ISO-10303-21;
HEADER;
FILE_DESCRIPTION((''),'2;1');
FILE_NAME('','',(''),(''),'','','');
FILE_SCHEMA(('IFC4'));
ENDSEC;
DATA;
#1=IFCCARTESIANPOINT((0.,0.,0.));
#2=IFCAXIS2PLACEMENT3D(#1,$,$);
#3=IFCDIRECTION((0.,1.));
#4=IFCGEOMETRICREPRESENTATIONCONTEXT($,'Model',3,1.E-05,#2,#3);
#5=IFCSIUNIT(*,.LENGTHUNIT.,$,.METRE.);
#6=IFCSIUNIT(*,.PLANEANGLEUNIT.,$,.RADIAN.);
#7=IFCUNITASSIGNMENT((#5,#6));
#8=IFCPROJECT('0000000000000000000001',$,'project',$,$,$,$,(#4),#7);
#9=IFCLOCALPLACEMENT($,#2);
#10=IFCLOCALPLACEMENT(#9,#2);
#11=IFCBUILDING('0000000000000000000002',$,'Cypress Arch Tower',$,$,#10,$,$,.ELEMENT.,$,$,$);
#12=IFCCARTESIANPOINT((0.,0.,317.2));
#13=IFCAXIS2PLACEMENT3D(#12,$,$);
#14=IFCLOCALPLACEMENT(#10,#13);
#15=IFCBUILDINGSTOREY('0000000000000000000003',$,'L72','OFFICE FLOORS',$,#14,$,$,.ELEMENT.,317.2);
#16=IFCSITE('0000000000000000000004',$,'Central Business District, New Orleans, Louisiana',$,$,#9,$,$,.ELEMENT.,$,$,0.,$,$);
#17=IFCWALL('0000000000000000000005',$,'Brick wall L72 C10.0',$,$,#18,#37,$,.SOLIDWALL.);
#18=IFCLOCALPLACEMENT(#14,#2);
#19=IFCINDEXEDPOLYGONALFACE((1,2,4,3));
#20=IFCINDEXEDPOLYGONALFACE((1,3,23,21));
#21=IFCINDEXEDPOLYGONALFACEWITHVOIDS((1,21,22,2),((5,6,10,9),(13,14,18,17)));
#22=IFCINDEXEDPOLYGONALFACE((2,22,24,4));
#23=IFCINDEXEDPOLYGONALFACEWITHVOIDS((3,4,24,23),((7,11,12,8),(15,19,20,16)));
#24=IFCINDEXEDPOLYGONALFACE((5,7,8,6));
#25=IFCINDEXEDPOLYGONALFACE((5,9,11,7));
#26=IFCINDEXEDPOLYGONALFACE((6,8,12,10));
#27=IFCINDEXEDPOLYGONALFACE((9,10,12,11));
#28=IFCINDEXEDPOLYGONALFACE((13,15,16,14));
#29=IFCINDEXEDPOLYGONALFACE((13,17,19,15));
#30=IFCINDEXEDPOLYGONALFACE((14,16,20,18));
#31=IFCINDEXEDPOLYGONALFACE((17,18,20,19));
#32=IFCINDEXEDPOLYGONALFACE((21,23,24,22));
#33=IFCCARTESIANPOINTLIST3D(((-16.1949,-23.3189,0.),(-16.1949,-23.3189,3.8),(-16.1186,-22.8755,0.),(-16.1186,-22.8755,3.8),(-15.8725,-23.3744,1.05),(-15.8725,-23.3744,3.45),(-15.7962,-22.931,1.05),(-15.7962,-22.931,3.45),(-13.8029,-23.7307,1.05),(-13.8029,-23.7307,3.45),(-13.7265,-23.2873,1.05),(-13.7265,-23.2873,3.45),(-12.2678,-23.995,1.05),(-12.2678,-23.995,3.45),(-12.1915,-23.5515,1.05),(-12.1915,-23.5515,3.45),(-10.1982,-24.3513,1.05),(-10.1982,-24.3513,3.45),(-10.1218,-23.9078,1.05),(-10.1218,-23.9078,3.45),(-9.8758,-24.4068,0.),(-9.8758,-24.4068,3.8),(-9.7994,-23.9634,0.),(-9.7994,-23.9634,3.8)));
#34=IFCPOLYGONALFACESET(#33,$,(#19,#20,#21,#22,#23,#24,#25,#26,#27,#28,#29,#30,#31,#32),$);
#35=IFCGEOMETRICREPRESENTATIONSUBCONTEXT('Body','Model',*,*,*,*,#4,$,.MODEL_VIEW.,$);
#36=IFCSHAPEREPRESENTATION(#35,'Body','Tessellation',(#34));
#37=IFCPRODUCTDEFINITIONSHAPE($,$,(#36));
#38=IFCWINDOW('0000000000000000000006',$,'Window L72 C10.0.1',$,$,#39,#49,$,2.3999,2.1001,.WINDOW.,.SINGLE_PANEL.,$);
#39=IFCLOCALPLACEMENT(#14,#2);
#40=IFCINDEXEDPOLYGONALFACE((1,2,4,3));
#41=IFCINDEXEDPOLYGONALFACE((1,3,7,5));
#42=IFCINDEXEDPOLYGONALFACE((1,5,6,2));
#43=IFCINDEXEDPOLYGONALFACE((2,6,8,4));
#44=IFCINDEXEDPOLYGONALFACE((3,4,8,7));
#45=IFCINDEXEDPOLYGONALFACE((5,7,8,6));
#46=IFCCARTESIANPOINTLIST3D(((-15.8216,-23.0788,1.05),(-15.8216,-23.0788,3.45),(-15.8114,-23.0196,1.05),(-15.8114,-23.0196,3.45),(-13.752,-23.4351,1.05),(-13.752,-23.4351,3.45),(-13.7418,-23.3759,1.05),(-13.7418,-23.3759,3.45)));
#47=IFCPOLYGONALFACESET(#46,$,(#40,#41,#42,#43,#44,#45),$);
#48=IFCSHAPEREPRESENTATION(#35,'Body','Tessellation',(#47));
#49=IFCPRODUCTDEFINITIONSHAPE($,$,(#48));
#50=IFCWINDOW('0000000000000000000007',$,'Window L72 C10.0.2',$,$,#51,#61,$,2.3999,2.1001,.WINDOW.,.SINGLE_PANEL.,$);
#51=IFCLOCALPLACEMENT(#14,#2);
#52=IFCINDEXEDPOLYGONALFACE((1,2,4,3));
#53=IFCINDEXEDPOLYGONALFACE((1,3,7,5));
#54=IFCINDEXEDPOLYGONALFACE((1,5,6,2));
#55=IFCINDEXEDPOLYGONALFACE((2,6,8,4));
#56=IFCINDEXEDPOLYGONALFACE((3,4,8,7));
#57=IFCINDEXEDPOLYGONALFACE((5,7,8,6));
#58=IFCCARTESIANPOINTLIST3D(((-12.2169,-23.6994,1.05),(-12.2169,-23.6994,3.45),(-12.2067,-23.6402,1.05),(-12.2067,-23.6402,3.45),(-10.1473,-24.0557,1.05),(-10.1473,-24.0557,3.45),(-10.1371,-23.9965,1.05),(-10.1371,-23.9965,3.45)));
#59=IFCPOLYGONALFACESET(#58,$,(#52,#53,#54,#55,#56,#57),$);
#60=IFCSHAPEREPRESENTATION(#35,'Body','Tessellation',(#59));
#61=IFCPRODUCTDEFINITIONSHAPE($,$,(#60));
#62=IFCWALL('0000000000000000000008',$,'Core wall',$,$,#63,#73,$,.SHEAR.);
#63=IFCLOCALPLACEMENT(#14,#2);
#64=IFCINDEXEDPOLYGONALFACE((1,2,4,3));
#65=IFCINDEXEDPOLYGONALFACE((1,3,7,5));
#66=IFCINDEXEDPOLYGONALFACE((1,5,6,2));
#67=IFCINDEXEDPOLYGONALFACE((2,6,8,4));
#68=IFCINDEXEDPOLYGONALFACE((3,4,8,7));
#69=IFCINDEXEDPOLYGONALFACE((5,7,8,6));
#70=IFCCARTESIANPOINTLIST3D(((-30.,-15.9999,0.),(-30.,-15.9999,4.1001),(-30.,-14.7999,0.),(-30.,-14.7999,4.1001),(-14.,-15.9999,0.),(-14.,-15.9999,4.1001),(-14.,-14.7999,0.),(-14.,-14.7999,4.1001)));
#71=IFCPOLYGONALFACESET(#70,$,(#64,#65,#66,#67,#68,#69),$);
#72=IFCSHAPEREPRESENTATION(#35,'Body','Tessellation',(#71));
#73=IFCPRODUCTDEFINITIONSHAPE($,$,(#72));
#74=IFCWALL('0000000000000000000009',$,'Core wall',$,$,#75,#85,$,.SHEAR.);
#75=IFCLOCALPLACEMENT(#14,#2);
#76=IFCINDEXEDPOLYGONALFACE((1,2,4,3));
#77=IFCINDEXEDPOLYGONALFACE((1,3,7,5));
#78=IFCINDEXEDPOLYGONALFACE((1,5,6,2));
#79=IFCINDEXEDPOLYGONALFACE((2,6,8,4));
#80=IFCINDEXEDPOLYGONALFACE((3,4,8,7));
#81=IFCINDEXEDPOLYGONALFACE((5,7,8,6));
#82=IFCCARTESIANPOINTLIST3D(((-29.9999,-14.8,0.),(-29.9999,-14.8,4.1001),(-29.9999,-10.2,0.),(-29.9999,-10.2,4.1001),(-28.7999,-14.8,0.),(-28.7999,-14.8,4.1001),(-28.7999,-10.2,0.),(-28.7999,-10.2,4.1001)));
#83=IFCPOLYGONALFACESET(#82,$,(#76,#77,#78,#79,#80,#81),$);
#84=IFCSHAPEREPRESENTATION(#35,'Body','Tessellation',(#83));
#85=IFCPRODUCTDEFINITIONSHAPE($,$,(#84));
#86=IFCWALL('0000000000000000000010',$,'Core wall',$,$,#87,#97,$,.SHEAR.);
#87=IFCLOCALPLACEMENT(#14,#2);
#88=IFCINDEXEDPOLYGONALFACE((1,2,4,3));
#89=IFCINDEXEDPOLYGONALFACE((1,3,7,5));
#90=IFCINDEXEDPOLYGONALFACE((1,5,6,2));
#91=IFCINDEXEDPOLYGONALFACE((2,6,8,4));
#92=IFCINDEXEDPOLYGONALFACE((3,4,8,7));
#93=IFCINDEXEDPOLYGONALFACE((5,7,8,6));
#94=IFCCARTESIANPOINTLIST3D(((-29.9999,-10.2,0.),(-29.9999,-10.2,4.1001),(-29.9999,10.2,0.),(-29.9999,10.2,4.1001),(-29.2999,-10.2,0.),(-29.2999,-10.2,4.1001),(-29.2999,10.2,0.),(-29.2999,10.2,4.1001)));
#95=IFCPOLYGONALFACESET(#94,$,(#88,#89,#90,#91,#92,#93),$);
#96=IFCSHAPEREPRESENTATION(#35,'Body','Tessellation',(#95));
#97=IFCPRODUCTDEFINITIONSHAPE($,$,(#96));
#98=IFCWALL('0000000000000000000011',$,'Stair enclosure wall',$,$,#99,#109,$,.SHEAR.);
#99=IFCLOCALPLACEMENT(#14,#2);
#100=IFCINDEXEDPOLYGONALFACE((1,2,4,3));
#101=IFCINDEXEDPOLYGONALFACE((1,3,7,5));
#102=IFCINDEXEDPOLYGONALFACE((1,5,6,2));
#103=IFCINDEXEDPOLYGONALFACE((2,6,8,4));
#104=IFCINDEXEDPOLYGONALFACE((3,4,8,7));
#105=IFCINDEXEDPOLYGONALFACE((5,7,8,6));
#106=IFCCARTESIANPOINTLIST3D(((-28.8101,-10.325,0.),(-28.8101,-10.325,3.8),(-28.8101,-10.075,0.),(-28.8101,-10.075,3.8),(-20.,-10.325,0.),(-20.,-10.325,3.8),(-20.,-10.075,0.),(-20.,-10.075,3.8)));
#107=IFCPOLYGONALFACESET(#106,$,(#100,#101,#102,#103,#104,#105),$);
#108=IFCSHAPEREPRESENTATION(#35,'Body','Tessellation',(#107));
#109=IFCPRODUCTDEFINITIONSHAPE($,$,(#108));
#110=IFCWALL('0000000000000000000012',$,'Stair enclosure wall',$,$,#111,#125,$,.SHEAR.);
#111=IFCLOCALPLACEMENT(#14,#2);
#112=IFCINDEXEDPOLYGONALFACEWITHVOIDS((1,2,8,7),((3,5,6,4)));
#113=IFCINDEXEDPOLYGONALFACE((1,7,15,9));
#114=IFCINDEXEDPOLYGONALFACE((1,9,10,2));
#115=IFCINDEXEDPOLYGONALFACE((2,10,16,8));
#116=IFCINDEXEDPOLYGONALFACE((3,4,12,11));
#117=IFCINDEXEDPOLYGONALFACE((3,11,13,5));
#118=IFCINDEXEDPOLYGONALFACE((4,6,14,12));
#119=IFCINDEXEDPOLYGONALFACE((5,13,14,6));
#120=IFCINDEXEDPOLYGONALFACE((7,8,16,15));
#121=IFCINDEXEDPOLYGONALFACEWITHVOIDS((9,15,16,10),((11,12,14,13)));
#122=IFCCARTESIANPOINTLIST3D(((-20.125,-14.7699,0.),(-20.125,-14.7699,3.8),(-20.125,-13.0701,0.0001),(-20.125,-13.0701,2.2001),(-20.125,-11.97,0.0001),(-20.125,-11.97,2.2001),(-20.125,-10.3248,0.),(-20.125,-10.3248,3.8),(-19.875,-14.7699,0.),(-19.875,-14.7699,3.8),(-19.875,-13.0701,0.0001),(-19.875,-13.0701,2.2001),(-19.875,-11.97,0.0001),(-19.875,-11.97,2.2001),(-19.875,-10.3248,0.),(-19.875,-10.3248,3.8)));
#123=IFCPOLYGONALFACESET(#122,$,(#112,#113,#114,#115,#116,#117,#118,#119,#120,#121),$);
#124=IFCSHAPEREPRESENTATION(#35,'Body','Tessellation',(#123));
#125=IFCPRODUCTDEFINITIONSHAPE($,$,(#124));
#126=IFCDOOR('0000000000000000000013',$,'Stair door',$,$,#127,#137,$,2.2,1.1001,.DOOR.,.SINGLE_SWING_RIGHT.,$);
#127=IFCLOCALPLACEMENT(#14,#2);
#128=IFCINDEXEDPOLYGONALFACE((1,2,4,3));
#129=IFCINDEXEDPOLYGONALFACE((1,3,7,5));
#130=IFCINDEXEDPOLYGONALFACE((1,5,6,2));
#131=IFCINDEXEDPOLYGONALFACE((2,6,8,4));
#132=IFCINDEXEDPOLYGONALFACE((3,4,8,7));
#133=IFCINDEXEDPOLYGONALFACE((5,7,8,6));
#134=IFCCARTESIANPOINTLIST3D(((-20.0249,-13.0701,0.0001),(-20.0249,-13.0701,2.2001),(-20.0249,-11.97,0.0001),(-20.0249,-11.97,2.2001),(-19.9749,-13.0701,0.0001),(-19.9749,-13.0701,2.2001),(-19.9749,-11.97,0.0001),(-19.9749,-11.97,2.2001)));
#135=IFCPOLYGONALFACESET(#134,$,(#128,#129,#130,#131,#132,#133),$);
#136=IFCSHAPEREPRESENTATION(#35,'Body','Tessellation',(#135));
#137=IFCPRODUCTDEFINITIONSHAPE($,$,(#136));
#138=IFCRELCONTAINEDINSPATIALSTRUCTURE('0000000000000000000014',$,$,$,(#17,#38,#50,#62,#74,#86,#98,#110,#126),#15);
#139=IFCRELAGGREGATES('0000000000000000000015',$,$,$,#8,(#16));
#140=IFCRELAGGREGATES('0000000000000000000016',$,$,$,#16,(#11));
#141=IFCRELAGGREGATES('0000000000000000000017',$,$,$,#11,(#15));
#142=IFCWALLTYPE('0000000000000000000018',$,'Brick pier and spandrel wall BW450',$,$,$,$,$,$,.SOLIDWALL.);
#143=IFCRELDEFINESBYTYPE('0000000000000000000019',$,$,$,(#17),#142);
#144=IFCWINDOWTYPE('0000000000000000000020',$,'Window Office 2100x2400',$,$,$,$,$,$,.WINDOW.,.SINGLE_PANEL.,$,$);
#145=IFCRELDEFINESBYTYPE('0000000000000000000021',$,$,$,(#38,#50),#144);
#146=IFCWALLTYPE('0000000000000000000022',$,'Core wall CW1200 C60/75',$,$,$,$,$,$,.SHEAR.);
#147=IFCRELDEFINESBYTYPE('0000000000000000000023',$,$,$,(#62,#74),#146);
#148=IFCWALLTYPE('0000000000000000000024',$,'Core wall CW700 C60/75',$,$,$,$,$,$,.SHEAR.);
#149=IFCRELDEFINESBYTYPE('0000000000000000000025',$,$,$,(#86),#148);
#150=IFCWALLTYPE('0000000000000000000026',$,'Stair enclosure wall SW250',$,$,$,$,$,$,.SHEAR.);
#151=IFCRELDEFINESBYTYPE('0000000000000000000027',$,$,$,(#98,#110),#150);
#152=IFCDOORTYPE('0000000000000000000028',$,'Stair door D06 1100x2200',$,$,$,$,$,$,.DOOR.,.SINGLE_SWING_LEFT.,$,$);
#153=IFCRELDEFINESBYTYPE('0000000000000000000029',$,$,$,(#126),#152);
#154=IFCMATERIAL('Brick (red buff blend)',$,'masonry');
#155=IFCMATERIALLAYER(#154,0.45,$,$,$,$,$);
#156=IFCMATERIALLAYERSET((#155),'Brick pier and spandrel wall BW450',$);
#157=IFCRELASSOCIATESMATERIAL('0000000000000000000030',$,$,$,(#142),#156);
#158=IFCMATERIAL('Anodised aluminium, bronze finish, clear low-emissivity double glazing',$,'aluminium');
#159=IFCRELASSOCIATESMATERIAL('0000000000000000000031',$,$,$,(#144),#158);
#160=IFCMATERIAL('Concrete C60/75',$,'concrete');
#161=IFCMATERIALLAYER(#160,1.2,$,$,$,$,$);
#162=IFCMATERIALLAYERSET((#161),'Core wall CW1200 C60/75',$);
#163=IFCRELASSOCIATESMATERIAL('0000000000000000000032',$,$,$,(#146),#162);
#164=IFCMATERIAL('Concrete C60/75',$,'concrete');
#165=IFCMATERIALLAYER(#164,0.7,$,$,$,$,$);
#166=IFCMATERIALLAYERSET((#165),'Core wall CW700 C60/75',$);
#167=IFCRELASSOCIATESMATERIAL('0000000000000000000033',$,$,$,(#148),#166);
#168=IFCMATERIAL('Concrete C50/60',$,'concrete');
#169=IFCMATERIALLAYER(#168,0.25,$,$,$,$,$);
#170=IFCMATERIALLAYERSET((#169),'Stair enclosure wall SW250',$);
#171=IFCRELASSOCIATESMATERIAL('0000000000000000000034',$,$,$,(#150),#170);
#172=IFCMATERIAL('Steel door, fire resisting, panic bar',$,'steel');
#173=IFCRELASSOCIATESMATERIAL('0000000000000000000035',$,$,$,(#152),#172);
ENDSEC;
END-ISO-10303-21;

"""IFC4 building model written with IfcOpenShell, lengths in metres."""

from ifc_helpers import new_model, si_unit, direction, frame, frame_2d, origin, place, context, subcontext, project, spatial, rectangle, extrude, material, layer, layer_set, type_object, element, fill, save


model = new_model("IFC4")

# Units and contexts
model_context = context("Model", 3, precision=1e-05, world=origin(), true_north=direction((0.0, 1.0)))
body_context = subcontext(model_context, "Body", "Model", "MODEL_VIEW")
ifc_project = project(units=[si_unit("LENGTHUNIT", "METRE"), si_unit("PLANEANGLEUNIT", "RADIAN")], contexts=[model_context])

# Site, building, storey
site_placement = place(None, origin())
site = spatial("IfcSite", under=ifc_project, at=site_placement, Name="Central Business District, New Orleans, Louisiana", CompositionType="ELEMENT", RefElevation=0.0)
building_placement = place(site_placement, origin())
building = spatial("IfcBuilding", under=site, at=building_placement, Name="Cypress Arch Tower", CompositionType="ELEMENT")
storey_placement = place(building_placement, frame((0.0, 0.0, 317.2)))
storey = spatial("IfcBuildingStorey", under=building, at=storey_placement, Name="L72", Description="OFFICE FLOORS", CompositionType="ELEMENT", Elevation=317.2)

# Wall, openings, windows
ifc_material_1 = material(Name="Brick (red buff blend)", Category="masonry")
ifc_layer_1 = layer(ifc_material_1, 0.45)
ifc_layer_set_1 = layer_set([ifc_layer_1], Name="Brick pier and spandrel wall BW450")
wall_type_1 = type_object("IfcWallType", Name="Brick pier and spandrel wall BW450", PredefinedType="SOLIDWALL", material=ifc_layer_set_1)
ifc_material_2 = material(Name="Anodised aluminium, bronze finish, clear low-emissivity double glazing", Category="aluminium")
window_type = type_object("IfcWindowType", Name="Window Office 2100x2400", PartitioningType="SINGLE_PANEL", PredefinedType="WINDOW", material=ifc_material_2)
wall_1_placement = place(storey_placement, frame((-16.1567, -23.0972, 0.0), z_axis=(0.0, 0.0, 1.0), x_axis=(0.985502, -0.169663, 0.0)))
wall_1 = element("IfcWall", 1, at=wall_1_placement, inside=storey, type_object=wall_type_1, Name="Brick wall L72 C10.0", PredefinedType="SOLIDWALL", context=body_context, shape_type="SweptSolid", body=[
    extrude(rectangle(XDim=6.4121, YDim=0.45, at=frame_2d((3.2061, 0.0))), origin(), (0.0, 0.0, 1.0), 3.8),
])
opening_1_placement = place(wall_1_placement, frame((0.3271, 0.0, 1.05)))
opening_1 = element("IfcOpeningElement", 2, at=opening_1_placement, cuts=wall_1, PredefinedType="OPENING", context=body_context, shape_type="SweptSolid", body=[
    extrude(rectangle(XDim=2.1001, YDim=2.3999, at=frame_2d((1.05, 1.2))), frame((0.0, 0.2349, 0.0), z_axis=(0.0, -1.0, 0.0), x_axis=(1.0, 0.0, 0.0)), (0.0, 0.0, 1.0), 0.47),
])
opening_2_placement = place(wall_1_placement, frame((3.9849, 0.0, 1.05)))
opening_2 = element("IfcOpeningElement", 3, at=opening_2_placement, cuts=wall_1, PredefinedType="OPENING", context=body_context, shape_type="SweptSolid", body=[
    extrude(rectangle(XDim=2.1001, YDim=2.3999, at=frame_2d((1.05, 1.2))), frame((0.0, 0.2349, 0.0), z_axis=(0.0, -1.0, 0.0), x_axis=(1.0, 0.0, 0.0)), (0.0, 0.0, 1.0), 0.47),
])
window_1_placement = place(opening_1_placement, origin())
window_1 = element("IfcWindow", 4, at=window_1_placement, inside=storey, type_object=window_type, Name="Window L72 C10.0.1", OverallHeight=2.3999, OverallWidth=2.1001, PartitioningType="SINGLE_PANEL", PredefinedType="WINDOW", context=body_context, shape_type="SweptSolid", body=[
    extrude(rectangle(XDim=2.1001, YDim=2.3999, at=frame_2d((1.05, 1.2))), frame((0.0, 0.135, 0.0), z_axis=(0.0, -1.0, 0.0), x_axis=(1.0, 0.0, 0.0)), (0.0, 0.0, 1.0), 0.0601),
])
fill(opening_1, window_1)
window_2_placement = place(opening_2_placement, origin())
window_2 = element("IfcWindow", 5, at=window_2_placement, inside=storey, type_object=window_type, Name="Window L72 C10.0.2", OverallHeight=2.3999, OverallWidth=2.1001, PartitioningType="SINGLE_PANEL", PredefinedType="WINDOW", context=body_context, shape_type="SweptSolid", body=[
    extrude(rectangle(XDim=2.1001, YDim=2.3999, at=frame_2d((1.05, 1.2))), frame((0.0, 0.135, 0.0), z_axis=(0.0, -1.0, 0.0), x_axis=(1.0, 0.0, 0.0)), (0.0, 0.0, 1.0), 0.0601),
])
fill(opening_2, window_2)

# Walls
ifc_material_3 = material(Name="Concrete C60/75", Category="concrete")
ifc_layer_2 = layer(ifc_material_3, 1.2)
ifc_layer_set_2 = layer_set([ifc_layer_2], Name="Core wall CW1200 C60/75")
wall_type_2 = type_object("IfcWallType", Name="Core wall CW1200 C60/75", PredefinedType="SHEAR", material=ifc_layer_set_2)
wall_2_placement = place(storey_placement, frame((-30.0, -15.3999, 0.0), z_axis=(0.0, 0.0, 1.0), x_axis=(1.0, 0.0, 0.0)))
element("IfcWall", 6, at=wall_2_placement, inside=storey, type_object=wall_type_2, Name="Core wall", PredefinedType="SHEAR", context=body_context, shape_type="SweptSolid", body=[
    extrude(rectangle(XDim=16.0, YDim=1.2, at=frame_2d((8.0, 0.0))), origin(), (0.0, 0.0, 1.0), 4.1001),
])
wall_3_placement = place(storey_placement, frame((-29.3999, -14.8, 0.0), z_axis=(0.0, 0.0, 1.0), x_axis=(0.0, 1.0, 0.0)))
element("IfcWall", 7, at=wall_3_placement, inside=storey, type_object=wall_type_2, Name="Core wall", PredefinedType="SHEAR", context=body_context, shape_type="SweptSolid", body=[
    extrude(rectangle(XDim=4.6001, YDim=1.2, at=frame_2d((2.3, 0.0))), origin(), (0.0, 0.0, 1.0), 4.1001),
])
ifc_material_4 = material(Name="Concrete C60/75", Category="concrete")
ifc_layer_3 = layer(ifc_material_4, 0.7)
ifc_layer_set_3 = layer_set([ifc_layer_3], Name="Core wall CW700 C60/75")
wall_type_3 = type_object("IfcWallType", Name="Core wall CW700 C60/75", PredefinedType="SHEAR", material=ifc_layer_set_3)
wall_4_placement = place(storey_placement, frame((-29.6499, -10.2, 0.0), z_axis=(0.0, 0.0, 1.0), x_axis=(0.0, 1.0, 0.0)))
element("IfcWall", 8, at=wall_4_placement, inside=storey, type_object=wall_type_3, Name="Core wall", PredefinedType="SHEAR", context=body_context, shape_type="SweptSolid", body=[
    extrude(rectangle(XDim=20.3999, YDim=0.7, at=frame_2d((10.2, 0.0))), origin(), (0.0, 0.0, 1.0), 4.1001),
])
ifc_material_5 = material(Name="Concrete C50/60", Category="concrete")
ifc_layer_4 = layer(ifc_material_5, 0.25)
ifc_layer_set_4 = layer_set([ifc_layer_4], Name="Stair enclosure wall SW250")
wall_type_4 = type_object("IfcWallType", Name="Stair enclosure wall SW250", PredefinedType="SHEAR", material=ifc_layer_set_4)
wall_5_placement = place(storey_placement, frame((-28.8101, -10.2, 0.0), z_axis=(0.0, 0.0, 1.0), x_axis=(1.0, 0.0, 0.0)))
element("IfcWall", 9, at=wall_5_placement, inside=storey, type_object=wall_type_4, Name="Stair enclosure wall", PredefinedType="SHEAR", context=body_context, shape_type="SweptSolid", body=[
    extrude(rectangle(XDim=8.8101, YDim=0.25, at=frame_2d((4.405, 0.0))), origin(), (0.0, 0.0, 1.0), 3.8),
])

# Wall, opening, door
wall_6_placement = place(storey_placement, frame((-20.0, -14.77, 0.0), z_axis=(0.0, 0.0, 1.0), x_axis=(0.0, 1.0, 0.0)))
wall_6 = element("IfcWall", 10, at=wall_6_placement, inside=storey, type_object=wall_type_4, Name="Stair enclosure wall", PredefinedType="SHEAR", context=body_context, shape_type="SweptSolid", body=[
    extrude(rectangle(XDim=4.4451, YDim=0.25, at=frame_2d((2.2227, 0.0))), origin(), (0.0, 0.0, 1.0), 3.8),
])
opening_3_placement = place(wall_6_placement, frame((1.7, 0.0, 0.0)))
opening_3 = element("IfcOpeningElement", 11, at=opening_3_placement, cuts=wall_6, PredefinedType="OPENING", context=body_context, shape_type="SweptSolid", body=[
    extrude(rectangle(XDim=1.1001, YDim=2.2, at=frame_2d((0.55, 1.1001))), frame((0.0, 0.135, 0.0), z_axis=(0.0, -1.0, 0.0), x_axis=(1.0, 0.0, 0.0)), (0.0, 0.0, 1.0), 0.27),
])
ifc_material_6 = material(Name="Steel door, fire resisting, panic bar", Category="steel")
door_type = type_object("IfcDoorType", Name="Stair door D06 1100x2200", OperationType="SINGLE_SWING_LEFT", PredefinedType="DOOR", material=ifc_material_6)
door_placement = place(opening_3_placement, origin())
door = element("IfcDoor", 12, at=door_placement, inside=storey, type_object=door_type, Name="Stair door", OperationType="SINGLE_SWING_RIGHT", OverallHeight=2.2, OverallWidth=1.1001, PredefinedType="DOOR", context=body_context, shape_type="SweptSolid", body=[
    extrude(rectangle(XDim=1.1001, YDim=2.2, at=frame_2d((0.55, 1.1001))), frame((0.0, 0.0249, 0.0), z_axis=(0.0, -1.0, 0.0), x_axis=(1.0, 0.0, 0.0)), (0.0, 0.0, 1.0), 0.05),
])
fill(opening_3, door)

save(model, "model.ifc")
